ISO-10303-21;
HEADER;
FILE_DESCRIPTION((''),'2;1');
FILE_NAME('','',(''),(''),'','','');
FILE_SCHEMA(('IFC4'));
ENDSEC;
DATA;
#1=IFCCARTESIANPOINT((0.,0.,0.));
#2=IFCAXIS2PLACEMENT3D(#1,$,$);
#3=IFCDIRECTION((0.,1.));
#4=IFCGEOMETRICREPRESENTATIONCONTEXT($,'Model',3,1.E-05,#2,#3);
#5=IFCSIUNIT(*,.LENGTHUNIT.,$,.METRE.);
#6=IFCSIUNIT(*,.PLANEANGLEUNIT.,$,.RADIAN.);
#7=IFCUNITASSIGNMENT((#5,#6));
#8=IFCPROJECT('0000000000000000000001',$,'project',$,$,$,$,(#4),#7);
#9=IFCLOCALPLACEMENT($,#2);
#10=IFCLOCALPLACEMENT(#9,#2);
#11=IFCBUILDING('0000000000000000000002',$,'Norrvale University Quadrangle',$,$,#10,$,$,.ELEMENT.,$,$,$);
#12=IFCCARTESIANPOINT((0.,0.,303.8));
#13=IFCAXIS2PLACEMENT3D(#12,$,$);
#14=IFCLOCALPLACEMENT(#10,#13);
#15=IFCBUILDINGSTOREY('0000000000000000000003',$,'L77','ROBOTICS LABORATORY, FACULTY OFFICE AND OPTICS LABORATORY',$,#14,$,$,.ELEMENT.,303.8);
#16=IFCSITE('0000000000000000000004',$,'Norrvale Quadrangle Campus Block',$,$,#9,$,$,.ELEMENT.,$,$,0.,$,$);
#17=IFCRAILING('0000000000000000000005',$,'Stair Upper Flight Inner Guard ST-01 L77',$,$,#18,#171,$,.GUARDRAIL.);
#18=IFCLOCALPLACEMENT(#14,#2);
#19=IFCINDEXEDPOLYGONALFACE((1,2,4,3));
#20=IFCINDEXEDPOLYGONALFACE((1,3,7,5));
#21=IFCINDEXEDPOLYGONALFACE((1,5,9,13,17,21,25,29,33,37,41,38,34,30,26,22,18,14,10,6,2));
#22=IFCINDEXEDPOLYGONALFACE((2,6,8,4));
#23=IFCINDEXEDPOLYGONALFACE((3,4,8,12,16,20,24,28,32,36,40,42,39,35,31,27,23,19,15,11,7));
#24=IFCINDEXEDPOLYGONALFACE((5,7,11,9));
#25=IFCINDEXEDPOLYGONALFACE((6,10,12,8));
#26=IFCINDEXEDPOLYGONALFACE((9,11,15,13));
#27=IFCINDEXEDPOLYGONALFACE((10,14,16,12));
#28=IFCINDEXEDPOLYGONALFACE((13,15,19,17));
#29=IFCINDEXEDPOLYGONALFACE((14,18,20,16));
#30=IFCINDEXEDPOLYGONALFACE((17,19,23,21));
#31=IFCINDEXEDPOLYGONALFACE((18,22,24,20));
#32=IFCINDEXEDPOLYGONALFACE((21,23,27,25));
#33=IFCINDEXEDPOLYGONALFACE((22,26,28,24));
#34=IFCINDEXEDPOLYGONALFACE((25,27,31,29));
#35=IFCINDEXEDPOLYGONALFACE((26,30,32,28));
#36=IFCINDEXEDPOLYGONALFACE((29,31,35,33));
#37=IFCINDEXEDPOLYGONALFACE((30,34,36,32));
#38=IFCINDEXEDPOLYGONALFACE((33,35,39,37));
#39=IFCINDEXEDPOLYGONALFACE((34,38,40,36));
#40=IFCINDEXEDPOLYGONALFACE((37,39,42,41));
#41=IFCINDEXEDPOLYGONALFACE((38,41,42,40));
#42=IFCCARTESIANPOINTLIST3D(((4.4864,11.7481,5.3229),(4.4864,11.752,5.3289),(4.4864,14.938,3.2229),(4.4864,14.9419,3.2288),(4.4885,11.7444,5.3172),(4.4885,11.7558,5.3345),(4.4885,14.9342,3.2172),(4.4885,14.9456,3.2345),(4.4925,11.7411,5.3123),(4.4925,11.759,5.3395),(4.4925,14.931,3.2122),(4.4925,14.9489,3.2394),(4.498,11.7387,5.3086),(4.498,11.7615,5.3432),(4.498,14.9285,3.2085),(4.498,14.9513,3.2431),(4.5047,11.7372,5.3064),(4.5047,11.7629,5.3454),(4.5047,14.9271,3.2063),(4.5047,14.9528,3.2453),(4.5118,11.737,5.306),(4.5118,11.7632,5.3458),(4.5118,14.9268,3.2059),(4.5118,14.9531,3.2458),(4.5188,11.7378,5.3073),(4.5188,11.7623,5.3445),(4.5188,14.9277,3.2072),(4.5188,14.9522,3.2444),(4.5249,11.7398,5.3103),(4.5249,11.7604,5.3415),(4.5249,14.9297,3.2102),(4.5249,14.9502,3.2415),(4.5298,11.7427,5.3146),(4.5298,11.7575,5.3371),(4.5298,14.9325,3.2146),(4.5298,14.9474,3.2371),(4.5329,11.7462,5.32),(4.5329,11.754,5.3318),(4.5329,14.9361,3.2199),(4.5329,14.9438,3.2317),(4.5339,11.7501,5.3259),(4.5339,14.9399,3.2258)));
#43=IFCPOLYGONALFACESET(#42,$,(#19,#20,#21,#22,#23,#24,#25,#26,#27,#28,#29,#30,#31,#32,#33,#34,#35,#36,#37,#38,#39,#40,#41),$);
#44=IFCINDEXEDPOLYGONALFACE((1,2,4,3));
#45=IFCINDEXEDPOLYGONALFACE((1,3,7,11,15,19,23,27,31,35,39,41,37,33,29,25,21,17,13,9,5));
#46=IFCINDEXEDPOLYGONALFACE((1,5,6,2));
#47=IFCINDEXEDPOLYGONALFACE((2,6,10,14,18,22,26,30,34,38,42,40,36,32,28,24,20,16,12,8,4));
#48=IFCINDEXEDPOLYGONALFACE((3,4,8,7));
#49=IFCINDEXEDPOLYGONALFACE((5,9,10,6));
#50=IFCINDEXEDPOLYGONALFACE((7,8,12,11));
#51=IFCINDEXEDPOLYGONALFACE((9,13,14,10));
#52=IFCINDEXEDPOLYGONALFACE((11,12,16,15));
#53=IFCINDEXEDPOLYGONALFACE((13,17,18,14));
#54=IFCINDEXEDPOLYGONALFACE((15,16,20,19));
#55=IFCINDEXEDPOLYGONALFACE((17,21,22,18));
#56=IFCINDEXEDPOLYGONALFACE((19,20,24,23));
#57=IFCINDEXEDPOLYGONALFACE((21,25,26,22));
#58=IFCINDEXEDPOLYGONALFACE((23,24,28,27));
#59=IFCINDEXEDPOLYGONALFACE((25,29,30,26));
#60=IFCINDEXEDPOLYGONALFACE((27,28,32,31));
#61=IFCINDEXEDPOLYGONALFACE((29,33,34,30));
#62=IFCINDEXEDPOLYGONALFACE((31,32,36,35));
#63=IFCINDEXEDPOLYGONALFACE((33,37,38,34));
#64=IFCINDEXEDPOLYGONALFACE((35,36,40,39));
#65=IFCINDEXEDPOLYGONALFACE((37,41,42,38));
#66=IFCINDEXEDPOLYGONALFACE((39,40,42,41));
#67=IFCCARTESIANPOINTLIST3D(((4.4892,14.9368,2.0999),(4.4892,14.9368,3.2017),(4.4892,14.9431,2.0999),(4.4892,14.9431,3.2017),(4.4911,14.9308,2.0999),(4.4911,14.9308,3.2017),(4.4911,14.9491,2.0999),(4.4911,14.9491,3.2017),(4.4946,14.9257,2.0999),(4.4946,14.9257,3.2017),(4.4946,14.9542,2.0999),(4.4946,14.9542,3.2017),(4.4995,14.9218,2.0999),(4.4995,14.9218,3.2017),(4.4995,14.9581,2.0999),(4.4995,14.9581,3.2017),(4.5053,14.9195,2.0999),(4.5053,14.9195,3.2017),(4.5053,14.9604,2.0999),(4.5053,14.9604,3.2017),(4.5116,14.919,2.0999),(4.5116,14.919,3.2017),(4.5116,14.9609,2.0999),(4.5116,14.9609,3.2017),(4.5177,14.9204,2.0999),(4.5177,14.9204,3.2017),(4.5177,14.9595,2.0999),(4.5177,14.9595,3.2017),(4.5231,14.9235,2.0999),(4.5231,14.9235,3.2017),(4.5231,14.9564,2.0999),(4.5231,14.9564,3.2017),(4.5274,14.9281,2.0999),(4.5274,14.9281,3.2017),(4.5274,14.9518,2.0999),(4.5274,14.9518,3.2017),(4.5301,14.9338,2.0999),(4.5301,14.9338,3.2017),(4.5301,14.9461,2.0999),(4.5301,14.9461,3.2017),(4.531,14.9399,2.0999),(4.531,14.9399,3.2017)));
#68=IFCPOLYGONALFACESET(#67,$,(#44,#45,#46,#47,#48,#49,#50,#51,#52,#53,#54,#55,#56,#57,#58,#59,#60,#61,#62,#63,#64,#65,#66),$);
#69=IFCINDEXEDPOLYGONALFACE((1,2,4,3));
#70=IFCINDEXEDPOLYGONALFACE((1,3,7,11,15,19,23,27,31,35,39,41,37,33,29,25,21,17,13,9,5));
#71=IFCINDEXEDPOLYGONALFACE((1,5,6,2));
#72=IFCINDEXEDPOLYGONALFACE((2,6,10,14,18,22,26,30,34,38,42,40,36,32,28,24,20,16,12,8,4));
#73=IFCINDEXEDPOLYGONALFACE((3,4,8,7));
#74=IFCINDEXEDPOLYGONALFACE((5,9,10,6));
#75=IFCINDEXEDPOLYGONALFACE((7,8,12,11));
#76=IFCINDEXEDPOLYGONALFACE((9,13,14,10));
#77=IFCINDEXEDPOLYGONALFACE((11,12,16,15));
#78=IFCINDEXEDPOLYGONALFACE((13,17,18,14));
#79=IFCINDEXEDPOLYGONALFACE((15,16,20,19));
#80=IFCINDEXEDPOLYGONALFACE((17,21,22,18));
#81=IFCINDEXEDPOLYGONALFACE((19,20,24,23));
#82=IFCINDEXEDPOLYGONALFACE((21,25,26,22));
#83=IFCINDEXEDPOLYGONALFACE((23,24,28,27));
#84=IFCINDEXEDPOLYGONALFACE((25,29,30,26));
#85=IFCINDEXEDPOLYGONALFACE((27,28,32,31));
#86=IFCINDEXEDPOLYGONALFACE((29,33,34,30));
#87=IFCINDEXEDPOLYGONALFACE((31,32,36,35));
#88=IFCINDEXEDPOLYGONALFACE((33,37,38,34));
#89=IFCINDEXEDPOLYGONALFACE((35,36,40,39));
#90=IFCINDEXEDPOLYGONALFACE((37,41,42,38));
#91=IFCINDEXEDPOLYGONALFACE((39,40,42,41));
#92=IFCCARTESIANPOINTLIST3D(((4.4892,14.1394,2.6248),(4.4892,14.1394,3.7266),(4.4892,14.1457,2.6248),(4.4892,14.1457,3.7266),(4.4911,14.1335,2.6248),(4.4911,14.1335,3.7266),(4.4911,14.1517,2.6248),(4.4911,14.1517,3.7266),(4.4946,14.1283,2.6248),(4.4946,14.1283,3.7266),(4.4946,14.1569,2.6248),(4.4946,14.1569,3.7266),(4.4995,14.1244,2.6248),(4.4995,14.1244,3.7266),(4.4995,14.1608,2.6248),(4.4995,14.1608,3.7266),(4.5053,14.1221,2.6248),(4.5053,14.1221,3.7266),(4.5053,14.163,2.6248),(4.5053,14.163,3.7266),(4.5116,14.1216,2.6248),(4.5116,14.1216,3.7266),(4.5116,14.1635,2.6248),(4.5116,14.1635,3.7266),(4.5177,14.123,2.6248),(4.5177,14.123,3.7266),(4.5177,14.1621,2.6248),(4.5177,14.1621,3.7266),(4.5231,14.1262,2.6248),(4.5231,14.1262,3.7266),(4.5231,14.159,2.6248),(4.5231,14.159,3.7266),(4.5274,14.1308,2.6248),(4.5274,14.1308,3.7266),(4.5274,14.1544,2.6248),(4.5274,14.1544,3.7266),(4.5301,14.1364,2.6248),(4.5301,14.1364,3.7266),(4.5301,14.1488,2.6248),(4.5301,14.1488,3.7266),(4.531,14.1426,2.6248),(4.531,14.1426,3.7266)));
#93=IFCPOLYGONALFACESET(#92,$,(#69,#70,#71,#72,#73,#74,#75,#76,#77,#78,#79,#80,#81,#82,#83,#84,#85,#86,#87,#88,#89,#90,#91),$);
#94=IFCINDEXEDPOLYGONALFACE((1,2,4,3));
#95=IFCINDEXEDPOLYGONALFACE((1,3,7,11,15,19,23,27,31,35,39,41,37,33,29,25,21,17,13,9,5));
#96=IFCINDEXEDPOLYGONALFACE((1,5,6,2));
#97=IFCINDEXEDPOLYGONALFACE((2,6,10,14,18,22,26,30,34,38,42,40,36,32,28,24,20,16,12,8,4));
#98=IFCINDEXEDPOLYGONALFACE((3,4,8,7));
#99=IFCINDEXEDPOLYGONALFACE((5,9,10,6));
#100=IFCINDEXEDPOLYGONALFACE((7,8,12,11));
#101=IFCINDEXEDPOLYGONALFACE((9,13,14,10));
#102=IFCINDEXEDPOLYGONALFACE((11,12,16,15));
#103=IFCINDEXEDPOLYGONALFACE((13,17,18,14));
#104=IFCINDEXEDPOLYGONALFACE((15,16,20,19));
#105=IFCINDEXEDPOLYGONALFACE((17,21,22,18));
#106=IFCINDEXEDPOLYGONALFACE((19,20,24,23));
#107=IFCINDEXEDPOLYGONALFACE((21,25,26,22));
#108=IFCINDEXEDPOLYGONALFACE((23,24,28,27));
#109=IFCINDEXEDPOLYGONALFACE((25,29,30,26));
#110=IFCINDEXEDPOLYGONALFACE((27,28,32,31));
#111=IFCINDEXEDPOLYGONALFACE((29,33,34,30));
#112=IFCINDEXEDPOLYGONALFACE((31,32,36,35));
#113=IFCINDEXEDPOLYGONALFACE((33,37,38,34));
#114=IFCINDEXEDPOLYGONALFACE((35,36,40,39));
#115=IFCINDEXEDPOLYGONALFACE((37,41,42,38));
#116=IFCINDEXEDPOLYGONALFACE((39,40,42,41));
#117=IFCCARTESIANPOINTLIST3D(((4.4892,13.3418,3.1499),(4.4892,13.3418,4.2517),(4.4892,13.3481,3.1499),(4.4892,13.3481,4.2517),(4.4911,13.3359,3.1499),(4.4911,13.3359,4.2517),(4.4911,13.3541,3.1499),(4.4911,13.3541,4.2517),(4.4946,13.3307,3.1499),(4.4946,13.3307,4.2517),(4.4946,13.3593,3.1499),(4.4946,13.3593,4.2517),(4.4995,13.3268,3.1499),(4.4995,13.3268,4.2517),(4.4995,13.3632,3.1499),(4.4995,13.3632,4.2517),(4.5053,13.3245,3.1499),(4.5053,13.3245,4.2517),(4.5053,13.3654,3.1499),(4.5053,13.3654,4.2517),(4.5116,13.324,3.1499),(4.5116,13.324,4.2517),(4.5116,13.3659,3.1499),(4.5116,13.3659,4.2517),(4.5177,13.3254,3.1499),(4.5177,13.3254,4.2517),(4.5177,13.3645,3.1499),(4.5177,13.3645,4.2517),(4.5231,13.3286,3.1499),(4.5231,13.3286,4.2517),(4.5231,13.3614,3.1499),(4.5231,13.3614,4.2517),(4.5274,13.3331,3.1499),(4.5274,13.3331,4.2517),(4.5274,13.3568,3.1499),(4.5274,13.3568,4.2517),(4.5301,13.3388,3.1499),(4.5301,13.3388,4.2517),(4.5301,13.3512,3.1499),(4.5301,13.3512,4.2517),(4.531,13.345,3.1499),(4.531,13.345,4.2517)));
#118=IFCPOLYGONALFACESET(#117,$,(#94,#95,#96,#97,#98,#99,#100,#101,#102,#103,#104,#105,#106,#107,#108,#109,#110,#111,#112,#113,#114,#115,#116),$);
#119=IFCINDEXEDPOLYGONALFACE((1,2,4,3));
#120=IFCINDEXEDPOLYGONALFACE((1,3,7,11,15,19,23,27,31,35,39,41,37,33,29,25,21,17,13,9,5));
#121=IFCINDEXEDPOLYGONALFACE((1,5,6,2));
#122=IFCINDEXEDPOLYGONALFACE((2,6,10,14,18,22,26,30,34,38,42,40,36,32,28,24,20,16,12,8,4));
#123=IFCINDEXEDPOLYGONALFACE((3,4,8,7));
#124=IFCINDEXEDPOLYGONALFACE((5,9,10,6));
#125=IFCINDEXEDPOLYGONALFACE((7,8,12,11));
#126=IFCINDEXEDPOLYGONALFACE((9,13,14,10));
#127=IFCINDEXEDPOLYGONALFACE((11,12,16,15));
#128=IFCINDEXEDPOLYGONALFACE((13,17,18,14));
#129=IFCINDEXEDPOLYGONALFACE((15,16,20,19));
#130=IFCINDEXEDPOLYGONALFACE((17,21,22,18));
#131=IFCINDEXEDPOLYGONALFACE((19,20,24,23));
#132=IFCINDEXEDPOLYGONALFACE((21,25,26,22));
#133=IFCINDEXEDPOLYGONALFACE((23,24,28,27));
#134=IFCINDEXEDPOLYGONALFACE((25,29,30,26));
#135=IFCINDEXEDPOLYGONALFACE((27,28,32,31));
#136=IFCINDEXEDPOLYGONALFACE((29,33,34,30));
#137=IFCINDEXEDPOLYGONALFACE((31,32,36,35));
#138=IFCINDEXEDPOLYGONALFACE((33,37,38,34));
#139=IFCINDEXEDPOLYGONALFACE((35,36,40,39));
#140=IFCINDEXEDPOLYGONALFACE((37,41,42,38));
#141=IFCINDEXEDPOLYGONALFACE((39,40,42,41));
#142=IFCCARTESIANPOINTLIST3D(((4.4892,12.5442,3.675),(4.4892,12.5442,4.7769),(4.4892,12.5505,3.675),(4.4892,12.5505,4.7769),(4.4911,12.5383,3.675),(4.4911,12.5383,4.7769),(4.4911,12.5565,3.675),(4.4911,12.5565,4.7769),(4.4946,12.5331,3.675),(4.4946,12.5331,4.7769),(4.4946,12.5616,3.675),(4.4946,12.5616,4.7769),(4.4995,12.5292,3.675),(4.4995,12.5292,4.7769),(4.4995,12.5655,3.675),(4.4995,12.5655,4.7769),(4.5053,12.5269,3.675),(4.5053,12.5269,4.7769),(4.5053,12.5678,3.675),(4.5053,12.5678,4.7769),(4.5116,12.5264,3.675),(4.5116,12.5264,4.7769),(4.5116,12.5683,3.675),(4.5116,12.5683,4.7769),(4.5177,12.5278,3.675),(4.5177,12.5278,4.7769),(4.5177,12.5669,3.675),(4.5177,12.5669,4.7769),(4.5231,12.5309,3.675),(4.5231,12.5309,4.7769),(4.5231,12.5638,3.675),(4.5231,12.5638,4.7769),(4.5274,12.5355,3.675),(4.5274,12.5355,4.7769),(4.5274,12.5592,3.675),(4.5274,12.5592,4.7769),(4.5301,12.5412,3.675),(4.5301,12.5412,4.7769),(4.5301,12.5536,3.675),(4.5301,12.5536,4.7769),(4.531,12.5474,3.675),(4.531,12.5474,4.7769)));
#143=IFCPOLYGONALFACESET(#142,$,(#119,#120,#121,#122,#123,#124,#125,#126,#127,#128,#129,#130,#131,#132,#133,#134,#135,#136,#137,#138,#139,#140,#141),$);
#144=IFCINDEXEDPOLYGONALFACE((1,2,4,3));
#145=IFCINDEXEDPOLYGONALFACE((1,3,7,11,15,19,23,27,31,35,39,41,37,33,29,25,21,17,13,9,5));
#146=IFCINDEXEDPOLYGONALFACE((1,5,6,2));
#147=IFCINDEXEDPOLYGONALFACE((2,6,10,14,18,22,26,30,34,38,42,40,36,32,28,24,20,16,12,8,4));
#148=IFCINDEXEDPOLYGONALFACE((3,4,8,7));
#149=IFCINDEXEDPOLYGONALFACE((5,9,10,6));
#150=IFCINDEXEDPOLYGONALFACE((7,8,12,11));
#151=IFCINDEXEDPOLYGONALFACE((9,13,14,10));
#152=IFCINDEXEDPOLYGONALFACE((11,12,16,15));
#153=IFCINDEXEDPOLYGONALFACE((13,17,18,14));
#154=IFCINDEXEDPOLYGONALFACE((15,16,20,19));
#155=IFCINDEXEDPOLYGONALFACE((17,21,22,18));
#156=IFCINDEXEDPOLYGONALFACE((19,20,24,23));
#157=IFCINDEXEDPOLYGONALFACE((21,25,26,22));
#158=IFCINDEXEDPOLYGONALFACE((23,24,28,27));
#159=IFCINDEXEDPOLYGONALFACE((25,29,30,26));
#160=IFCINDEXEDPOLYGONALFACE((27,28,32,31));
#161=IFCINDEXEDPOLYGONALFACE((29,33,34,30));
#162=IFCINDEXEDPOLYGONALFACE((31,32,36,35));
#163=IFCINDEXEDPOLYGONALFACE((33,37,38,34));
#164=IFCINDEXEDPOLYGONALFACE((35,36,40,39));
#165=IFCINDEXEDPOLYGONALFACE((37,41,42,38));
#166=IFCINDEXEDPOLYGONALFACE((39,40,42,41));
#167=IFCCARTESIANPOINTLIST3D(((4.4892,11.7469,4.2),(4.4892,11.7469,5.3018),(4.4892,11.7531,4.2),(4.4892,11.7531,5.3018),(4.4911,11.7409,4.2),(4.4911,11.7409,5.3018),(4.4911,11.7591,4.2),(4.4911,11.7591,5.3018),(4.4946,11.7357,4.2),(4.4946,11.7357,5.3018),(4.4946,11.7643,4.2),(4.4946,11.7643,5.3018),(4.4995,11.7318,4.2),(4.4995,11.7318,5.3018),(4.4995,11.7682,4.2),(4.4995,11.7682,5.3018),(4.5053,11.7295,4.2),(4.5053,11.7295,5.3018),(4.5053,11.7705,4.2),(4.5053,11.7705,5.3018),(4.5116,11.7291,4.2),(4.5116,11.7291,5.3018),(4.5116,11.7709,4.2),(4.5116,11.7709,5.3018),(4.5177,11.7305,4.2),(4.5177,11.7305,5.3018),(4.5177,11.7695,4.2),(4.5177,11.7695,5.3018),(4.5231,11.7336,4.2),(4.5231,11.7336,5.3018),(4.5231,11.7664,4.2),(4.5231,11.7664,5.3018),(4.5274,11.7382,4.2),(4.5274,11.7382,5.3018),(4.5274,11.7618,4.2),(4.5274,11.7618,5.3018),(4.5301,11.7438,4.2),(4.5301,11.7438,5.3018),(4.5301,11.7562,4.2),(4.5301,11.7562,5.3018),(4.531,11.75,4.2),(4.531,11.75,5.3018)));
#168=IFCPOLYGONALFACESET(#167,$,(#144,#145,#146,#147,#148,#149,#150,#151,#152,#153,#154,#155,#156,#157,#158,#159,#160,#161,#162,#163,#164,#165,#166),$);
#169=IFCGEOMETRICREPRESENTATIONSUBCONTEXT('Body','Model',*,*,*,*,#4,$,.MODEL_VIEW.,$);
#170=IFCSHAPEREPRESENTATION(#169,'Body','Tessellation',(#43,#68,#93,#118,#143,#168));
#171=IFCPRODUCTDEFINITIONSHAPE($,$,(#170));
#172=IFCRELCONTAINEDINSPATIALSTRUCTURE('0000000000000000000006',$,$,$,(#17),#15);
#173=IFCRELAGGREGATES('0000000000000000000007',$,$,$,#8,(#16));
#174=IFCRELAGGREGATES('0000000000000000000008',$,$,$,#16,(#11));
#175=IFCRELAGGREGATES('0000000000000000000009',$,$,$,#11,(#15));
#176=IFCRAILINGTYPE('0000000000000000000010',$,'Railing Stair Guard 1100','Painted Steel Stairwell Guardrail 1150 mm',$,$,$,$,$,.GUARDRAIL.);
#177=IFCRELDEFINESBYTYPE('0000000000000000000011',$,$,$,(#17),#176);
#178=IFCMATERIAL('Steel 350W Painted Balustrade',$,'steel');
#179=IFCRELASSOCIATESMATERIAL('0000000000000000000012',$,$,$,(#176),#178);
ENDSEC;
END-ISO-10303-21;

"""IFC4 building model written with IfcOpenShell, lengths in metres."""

from ifc_helpers import new_model, si_unit, direction, frame, origin, origin_2d, place, context, subcontext, project, spatial, circle, extrude, material, type_object, element, save


model = new_model("IFC4")

# Units and contexts
model_context = context("Model", 3, precision=1e-05, world=origin(), true_north=direction((0.0, 1.0)))
body_context = subcontext(model_context, "Body", "Model", "MODEL_VIEW")
ifc_project = project(units=[si_unit("LENGTHUNIT", "METRE"), si_unit("PLANEANGLEUNIT", "RADIAN")], contexts=[model_context])

# Site, building, storey
site_placement = place(None, origin())
site = spatial("IfcSite", under=ifc_project, at=site_placement, Name="Norrvale Quadrangle Campus Block", CompositionType="ELEMENT", RefElevation=0.0)
building_placement = place(site_placement, origin())
building = spatial("IfcBuilding", under=site, at=building_placement, Name="Norrvale University Quadrangle", CompositionType="ELEMENT")
storey_placement = place(building_placement, frame((0.0, 0.0, 303.8)))
storey = spatial("IfcBuildingStorey", under=building, at=storey_placement, Name="L77", Description="ROBOTICS LABORATORY, FACULTY OFFICE AND OPTICS LABORATORY", CompositionType="ELEMENT", Elevation=303.8)

# Railing
ifc_material_1 = material(Name="Steel 350W Painted Balustrade", Category="steel")
railing_type_1 = type_object("IfcRailingType", Name="Railing Stair Guard 1100", Description="Painted Steel Stairwell Guardrail 1150 mm", PredefinedType="GUARDRAIL", material=ifc_material_1)
railing_1_placement = place(storey_placement, frame((4.51, 14.9399, 2.0999)))
element("IfcRailing", 1, at=railing_1_placement, inside=storey, type_object=railing_type_1, Name="Stair Upper Flight Inner Guard ST-01 L77", PredefinedType="GUARDRAIL", context=body_context, shape_type="SweptSolid", body=[
    extrude(circle(Radius=0.0239, at=origin_2d()), frame((0.0, 0.0, 1.126), z_axis=(0.0, -0.835242, 0.549882), x_axis=(1.0, 0.0, 0.0)), (0.0, 0.0, 1.0), 3.8191),
    extrude(circle(Radius=0.021, at=origin_2d()), origin(), (0.0, 0.0, 1.0), 1.1018),
    extrude(circle(Radius=0.021, at=origin_2d()), frame((0.0, -0.7974, 0.5249)), (0.0, 0.0, 1.0), 1.1018),
    extrude(circle(Radius=0.021, at=origin_2d()), frame((0.0, -1.595, 1.05)), (0.0, 0.0, 1.0), 1.1018),
    extrude(circle(Radius=0.021, at=origin_2d()), frame((0.0, -2.3926, 1.5752)), (0.0, 0.0, 1.0), 1.1018),
    extrude(circle(Radius=0.021, at=origin_2d()), frame((0.0, -3.1899, 2.1001)), (0.0, 0.0, 1.0), 1.1018),
])

save(model, "model.ifc")
